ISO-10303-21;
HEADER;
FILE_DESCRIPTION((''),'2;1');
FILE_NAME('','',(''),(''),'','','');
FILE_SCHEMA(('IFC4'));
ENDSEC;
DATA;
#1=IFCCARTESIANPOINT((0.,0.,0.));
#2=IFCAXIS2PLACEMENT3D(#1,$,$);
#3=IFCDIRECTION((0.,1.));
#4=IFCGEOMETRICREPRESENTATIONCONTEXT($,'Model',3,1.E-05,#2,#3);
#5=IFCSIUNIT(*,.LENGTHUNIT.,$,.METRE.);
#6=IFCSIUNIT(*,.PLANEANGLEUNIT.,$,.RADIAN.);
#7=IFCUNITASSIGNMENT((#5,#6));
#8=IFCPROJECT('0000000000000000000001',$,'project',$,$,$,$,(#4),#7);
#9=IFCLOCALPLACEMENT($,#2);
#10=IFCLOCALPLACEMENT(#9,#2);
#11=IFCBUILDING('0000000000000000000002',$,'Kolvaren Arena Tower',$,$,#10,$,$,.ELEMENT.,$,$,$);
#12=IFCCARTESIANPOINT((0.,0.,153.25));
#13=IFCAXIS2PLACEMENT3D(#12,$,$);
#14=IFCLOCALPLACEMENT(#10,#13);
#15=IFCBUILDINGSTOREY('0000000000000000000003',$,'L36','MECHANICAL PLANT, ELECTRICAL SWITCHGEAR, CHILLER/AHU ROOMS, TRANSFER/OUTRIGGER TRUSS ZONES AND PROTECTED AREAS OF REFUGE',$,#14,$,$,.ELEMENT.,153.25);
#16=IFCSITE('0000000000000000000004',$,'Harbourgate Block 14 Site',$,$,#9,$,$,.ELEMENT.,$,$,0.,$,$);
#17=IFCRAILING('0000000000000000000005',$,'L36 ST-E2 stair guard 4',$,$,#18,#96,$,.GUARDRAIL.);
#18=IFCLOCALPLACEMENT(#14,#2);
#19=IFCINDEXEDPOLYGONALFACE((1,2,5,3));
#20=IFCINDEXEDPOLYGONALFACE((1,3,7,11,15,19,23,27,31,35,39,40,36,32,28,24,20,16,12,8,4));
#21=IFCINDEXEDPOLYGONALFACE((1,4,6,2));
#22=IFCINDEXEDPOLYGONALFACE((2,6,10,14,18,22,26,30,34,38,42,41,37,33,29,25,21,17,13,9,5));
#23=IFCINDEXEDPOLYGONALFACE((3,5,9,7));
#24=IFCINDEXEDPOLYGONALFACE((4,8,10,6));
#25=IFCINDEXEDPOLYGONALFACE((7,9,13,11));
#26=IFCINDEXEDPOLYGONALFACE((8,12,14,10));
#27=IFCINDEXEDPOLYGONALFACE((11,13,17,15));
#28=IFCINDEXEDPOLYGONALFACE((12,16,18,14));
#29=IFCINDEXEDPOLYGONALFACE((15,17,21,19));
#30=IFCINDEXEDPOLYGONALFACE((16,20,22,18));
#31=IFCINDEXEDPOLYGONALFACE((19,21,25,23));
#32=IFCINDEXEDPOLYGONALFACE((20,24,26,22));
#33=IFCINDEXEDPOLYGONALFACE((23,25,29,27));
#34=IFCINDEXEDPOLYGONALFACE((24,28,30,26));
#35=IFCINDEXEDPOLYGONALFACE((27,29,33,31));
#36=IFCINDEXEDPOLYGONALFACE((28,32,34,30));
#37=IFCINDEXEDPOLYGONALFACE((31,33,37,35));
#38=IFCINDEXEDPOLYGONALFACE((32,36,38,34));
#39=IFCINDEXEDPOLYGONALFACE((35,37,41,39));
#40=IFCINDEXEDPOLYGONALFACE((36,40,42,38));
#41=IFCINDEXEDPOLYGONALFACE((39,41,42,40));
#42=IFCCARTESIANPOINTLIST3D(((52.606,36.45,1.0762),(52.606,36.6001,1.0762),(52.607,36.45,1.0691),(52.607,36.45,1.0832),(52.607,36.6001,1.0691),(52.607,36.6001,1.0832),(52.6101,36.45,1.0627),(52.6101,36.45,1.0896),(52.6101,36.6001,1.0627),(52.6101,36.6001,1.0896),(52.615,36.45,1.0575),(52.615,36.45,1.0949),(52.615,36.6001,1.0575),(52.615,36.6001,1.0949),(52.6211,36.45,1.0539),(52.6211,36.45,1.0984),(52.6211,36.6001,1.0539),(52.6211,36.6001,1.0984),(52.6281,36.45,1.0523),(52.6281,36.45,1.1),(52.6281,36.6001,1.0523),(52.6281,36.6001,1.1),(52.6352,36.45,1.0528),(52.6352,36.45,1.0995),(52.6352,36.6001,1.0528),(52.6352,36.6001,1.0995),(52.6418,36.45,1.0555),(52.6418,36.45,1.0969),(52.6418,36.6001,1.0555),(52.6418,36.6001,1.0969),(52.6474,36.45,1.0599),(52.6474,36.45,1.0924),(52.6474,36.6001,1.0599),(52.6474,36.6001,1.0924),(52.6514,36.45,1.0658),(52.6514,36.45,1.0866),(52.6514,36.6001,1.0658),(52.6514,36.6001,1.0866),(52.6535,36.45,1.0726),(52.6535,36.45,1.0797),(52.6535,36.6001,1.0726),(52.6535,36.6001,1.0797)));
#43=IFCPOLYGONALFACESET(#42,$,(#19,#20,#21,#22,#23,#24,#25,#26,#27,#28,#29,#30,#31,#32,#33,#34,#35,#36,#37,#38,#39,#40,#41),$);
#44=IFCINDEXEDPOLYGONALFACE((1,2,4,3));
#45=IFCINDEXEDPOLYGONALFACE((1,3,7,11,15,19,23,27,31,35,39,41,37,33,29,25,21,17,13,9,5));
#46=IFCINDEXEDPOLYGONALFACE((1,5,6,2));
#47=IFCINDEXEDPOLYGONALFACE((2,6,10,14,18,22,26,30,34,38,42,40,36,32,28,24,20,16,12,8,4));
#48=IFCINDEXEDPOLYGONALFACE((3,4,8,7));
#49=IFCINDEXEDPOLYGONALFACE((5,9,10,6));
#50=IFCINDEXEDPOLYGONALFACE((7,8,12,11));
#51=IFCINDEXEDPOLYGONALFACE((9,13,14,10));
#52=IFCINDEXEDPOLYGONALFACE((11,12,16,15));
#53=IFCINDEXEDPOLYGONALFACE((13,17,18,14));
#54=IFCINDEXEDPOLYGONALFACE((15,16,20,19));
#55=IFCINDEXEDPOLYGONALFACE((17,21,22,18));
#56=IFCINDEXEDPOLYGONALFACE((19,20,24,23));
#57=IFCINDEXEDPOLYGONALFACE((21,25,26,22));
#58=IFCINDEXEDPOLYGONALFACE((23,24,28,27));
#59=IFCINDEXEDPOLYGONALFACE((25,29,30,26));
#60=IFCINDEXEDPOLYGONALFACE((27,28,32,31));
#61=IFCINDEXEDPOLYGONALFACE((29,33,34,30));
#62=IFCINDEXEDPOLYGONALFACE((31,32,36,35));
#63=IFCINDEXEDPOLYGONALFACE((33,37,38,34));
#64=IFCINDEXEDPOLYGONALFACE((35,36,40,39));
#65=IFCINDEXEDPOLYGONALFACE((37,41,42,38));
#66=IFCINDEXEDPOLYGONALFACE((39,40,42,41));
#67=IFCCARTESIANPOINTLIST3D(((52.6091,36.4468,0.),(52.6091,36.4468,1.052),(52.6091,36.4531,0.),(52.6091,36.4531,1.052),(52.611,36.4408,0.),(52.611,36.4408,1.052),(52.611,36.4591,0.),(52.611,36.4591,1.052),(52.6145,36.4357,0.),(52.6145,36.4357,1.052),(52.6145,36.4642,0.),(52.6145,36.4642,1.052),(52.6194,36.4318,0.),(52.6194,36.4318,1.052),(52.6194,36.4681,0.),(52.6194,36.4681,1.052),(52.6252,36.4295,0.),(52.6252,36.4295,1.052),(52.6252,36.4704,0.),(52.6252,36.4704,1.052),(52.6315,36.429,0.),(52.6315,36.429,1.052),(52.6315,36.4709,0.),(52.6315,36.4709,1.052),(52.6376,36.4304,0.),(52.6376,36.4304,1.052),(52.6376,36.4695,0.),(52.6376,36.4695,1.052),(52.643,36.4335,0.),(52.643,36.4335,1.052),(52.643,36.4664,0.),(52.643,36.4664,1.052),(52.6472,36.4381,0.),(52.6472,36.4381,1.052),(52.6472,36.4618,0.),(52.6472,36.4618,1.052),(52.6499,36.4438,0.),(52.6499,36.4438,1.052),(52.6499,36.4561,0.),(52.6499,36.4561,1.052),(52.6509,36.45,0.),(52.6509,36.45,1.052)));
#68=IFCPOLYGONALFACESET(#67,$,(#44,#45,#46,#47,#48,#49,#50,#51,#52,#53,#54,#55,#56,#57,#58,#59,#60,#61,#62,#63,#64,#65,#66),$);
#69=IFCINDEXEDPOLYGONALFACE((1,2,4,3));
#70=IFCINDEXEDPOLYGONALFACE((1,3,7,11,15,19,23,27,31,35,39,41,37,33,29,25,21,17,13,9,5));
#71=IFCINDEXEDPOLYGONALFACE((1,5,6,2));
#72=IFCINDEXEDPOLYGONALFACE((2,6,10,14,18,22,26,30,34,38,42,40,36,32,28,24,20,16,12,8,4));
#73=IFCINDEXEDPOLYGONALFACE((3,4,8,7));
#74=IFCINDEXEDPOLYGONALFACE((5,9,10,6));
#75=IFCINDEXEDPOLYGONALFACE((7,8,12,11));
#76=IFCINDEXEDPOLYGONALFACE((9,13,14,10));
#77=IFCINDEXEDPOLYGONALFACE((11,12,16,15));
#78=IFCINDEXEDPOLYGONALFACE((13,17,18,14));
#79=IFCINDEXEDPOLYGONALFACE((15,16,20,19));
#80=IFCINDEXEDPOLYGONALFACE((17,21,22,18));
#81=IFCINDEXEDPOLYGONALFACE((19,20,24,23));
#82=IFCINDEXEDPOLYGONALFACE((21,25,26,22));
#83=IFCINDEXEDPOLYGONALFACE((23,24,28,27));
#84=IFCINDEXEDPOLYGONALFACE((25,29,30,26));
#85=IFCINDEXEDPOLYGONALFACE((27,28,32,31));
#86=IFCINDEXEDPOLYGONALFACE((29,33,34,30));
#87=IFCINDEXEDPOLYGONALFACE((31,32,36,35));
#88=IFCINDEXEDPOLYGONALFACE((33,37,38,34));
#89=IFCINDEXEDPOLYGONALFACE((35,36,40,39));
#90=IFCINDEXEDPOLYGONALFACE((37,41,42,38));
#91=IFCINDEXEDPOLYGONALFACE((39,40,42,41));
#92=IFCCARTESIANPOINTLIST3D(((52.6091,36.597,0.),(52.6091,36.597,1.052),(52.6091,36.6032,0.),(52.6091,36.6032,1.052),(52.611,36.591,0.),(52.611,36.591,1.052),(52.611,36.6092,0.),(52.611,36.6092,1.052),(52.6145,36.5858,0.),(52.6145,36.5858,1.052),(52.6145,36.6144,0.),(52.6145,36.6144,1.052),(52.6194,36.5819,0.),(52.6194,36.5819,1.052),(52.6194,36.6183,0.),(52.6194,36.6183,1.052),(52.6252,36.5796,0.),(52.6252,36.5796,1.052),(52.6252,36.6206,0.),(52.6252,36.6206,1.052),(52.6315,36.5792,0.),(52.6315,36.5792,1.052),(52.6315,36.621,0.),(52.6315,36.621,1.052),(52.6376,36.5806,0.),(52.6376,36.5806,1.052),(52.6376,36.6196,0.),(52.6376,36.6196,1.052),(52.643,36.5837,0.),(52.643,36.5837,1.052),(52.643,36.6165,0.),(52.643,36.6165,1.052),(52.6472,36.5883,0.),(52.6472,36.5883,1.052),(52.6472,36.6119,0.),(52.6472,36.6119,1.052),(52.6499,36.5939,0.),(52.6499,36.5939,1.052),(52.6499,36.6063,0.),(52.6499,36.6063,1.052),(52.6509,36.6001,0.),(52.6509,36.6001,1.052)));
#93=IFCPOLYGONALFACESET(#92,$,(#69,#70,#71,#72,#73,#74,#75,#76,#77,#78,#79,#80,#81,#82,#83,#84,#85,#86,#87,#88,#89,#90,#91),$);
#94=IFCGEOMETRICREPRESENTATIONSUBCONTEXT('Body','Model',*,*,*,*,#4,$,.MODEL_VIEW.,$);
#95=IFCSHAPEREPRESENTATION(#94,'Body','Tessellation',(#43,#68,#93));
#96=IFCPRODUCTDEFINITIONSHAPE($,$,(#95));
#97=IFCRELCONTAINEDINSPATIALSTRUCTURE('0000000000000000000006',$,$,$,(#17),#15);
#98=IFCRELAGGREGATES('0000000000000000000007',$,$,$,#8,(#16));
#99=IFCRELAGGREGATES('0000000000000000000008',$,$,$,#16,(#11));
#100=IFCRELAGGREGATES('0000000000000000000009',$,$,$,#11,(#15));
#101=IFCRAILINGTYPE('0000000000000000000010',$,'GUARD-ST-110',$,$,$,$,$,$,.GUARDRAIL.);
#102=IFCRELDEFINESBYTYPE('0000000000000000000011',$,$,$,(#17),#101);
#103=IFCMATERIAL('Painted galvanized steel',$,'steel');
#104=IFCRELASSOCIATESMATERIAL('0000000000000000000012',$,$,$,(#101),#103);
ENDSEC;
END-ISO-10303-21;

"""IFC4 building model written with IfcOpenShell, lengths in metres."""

from ifc_helpers import new_model, si_unit, direction, frame, origin, origin_2d, place, context, subcontext, project, spatial, circle, extrude, material, type_object, element, save


model = new_model("IFC4")

# Units and contexts
model_context = context("Model", 3, precision=1e-05, world=origin(), true_north=direction((0.0, 1.0)))
body_context = subcontext(model_context, "Body", "Model", "MODEL_VIEW")
ifc_project = project(units=[si_unit("LENGTHUNIT", "METRE"), si_unit("PLANEANGLEUNIT", "RADIAN")], contexts=[model_context])

# Site, building, storey
site_placement = place(None, origin())
site = spatial("IfcSite", under=ifc_project, at=site_placement, Name="Harbourgate Block 14 Site", CompositionType="ELEMENT", RefElevation=0.0)
building_placement = place(site_placement, origin())
building = spatial("IfcBuilding", under=site, at=building_placement, Name="Kolvaren Arena Tower", CompositionType="ELEMENT")
storey_placement = place(building_placement, frame((0.0, 0.0, 153.25)))
storey = spatial("IfcBuildingStorey", under=building, at=storey_placement, Name="L36", Description="MECHANICAL PLANT, ELECTRICAL SWITCHGEAR, CHILLER/AHU ROOMS, TRANSFER/OUTRIGGER TRUSS ZONES AND PROTECTED AREAS OF REFUGE", CompositionType="ELEMENT", Elevation=153.25)

# Railing
ifc_material_1 = material(Name="Painted galvanized steel", Category="steel")
railing_type_1 = type_object("IfcRailingType", Name="GUARD-ST-110", PredefinedType="GUARDRAIL", material=ifc_material_1)
railing_1_placement = place(storey_placement, frame((52.6299, 36.45, 0.0)))
element("IfcRailing", 1, at=railing_1_placement, inside=storey, type_object=railing_type_1, Name="L36 ST-E2 stair guard 4", PredefinedType="GUARDRAIL", context=body_context, shape_type="SweptSolid", body=[
    extrude(circle(Radius=0.0239, at=origin_2d()), frame((0.0, 0.0, 1.0762), z_axis=(0.0, 1.0, 0.0), x_axis=(-1.0, 0.0, 0.0)), (0.0, 0.0, 1.0), 0.1501),
    extrude(circle(Radius=0.021, at=origin_2d()), origin(), (0.0, 0.0, 1.0), 1.052),
    extrude(circle(Radius=0.021, at=origin_2d()), frame((0.0, 0.1501, 0.0)), (0.0, 0.0, 1.0), 1.052),
])

save(model, "model.ifc")
